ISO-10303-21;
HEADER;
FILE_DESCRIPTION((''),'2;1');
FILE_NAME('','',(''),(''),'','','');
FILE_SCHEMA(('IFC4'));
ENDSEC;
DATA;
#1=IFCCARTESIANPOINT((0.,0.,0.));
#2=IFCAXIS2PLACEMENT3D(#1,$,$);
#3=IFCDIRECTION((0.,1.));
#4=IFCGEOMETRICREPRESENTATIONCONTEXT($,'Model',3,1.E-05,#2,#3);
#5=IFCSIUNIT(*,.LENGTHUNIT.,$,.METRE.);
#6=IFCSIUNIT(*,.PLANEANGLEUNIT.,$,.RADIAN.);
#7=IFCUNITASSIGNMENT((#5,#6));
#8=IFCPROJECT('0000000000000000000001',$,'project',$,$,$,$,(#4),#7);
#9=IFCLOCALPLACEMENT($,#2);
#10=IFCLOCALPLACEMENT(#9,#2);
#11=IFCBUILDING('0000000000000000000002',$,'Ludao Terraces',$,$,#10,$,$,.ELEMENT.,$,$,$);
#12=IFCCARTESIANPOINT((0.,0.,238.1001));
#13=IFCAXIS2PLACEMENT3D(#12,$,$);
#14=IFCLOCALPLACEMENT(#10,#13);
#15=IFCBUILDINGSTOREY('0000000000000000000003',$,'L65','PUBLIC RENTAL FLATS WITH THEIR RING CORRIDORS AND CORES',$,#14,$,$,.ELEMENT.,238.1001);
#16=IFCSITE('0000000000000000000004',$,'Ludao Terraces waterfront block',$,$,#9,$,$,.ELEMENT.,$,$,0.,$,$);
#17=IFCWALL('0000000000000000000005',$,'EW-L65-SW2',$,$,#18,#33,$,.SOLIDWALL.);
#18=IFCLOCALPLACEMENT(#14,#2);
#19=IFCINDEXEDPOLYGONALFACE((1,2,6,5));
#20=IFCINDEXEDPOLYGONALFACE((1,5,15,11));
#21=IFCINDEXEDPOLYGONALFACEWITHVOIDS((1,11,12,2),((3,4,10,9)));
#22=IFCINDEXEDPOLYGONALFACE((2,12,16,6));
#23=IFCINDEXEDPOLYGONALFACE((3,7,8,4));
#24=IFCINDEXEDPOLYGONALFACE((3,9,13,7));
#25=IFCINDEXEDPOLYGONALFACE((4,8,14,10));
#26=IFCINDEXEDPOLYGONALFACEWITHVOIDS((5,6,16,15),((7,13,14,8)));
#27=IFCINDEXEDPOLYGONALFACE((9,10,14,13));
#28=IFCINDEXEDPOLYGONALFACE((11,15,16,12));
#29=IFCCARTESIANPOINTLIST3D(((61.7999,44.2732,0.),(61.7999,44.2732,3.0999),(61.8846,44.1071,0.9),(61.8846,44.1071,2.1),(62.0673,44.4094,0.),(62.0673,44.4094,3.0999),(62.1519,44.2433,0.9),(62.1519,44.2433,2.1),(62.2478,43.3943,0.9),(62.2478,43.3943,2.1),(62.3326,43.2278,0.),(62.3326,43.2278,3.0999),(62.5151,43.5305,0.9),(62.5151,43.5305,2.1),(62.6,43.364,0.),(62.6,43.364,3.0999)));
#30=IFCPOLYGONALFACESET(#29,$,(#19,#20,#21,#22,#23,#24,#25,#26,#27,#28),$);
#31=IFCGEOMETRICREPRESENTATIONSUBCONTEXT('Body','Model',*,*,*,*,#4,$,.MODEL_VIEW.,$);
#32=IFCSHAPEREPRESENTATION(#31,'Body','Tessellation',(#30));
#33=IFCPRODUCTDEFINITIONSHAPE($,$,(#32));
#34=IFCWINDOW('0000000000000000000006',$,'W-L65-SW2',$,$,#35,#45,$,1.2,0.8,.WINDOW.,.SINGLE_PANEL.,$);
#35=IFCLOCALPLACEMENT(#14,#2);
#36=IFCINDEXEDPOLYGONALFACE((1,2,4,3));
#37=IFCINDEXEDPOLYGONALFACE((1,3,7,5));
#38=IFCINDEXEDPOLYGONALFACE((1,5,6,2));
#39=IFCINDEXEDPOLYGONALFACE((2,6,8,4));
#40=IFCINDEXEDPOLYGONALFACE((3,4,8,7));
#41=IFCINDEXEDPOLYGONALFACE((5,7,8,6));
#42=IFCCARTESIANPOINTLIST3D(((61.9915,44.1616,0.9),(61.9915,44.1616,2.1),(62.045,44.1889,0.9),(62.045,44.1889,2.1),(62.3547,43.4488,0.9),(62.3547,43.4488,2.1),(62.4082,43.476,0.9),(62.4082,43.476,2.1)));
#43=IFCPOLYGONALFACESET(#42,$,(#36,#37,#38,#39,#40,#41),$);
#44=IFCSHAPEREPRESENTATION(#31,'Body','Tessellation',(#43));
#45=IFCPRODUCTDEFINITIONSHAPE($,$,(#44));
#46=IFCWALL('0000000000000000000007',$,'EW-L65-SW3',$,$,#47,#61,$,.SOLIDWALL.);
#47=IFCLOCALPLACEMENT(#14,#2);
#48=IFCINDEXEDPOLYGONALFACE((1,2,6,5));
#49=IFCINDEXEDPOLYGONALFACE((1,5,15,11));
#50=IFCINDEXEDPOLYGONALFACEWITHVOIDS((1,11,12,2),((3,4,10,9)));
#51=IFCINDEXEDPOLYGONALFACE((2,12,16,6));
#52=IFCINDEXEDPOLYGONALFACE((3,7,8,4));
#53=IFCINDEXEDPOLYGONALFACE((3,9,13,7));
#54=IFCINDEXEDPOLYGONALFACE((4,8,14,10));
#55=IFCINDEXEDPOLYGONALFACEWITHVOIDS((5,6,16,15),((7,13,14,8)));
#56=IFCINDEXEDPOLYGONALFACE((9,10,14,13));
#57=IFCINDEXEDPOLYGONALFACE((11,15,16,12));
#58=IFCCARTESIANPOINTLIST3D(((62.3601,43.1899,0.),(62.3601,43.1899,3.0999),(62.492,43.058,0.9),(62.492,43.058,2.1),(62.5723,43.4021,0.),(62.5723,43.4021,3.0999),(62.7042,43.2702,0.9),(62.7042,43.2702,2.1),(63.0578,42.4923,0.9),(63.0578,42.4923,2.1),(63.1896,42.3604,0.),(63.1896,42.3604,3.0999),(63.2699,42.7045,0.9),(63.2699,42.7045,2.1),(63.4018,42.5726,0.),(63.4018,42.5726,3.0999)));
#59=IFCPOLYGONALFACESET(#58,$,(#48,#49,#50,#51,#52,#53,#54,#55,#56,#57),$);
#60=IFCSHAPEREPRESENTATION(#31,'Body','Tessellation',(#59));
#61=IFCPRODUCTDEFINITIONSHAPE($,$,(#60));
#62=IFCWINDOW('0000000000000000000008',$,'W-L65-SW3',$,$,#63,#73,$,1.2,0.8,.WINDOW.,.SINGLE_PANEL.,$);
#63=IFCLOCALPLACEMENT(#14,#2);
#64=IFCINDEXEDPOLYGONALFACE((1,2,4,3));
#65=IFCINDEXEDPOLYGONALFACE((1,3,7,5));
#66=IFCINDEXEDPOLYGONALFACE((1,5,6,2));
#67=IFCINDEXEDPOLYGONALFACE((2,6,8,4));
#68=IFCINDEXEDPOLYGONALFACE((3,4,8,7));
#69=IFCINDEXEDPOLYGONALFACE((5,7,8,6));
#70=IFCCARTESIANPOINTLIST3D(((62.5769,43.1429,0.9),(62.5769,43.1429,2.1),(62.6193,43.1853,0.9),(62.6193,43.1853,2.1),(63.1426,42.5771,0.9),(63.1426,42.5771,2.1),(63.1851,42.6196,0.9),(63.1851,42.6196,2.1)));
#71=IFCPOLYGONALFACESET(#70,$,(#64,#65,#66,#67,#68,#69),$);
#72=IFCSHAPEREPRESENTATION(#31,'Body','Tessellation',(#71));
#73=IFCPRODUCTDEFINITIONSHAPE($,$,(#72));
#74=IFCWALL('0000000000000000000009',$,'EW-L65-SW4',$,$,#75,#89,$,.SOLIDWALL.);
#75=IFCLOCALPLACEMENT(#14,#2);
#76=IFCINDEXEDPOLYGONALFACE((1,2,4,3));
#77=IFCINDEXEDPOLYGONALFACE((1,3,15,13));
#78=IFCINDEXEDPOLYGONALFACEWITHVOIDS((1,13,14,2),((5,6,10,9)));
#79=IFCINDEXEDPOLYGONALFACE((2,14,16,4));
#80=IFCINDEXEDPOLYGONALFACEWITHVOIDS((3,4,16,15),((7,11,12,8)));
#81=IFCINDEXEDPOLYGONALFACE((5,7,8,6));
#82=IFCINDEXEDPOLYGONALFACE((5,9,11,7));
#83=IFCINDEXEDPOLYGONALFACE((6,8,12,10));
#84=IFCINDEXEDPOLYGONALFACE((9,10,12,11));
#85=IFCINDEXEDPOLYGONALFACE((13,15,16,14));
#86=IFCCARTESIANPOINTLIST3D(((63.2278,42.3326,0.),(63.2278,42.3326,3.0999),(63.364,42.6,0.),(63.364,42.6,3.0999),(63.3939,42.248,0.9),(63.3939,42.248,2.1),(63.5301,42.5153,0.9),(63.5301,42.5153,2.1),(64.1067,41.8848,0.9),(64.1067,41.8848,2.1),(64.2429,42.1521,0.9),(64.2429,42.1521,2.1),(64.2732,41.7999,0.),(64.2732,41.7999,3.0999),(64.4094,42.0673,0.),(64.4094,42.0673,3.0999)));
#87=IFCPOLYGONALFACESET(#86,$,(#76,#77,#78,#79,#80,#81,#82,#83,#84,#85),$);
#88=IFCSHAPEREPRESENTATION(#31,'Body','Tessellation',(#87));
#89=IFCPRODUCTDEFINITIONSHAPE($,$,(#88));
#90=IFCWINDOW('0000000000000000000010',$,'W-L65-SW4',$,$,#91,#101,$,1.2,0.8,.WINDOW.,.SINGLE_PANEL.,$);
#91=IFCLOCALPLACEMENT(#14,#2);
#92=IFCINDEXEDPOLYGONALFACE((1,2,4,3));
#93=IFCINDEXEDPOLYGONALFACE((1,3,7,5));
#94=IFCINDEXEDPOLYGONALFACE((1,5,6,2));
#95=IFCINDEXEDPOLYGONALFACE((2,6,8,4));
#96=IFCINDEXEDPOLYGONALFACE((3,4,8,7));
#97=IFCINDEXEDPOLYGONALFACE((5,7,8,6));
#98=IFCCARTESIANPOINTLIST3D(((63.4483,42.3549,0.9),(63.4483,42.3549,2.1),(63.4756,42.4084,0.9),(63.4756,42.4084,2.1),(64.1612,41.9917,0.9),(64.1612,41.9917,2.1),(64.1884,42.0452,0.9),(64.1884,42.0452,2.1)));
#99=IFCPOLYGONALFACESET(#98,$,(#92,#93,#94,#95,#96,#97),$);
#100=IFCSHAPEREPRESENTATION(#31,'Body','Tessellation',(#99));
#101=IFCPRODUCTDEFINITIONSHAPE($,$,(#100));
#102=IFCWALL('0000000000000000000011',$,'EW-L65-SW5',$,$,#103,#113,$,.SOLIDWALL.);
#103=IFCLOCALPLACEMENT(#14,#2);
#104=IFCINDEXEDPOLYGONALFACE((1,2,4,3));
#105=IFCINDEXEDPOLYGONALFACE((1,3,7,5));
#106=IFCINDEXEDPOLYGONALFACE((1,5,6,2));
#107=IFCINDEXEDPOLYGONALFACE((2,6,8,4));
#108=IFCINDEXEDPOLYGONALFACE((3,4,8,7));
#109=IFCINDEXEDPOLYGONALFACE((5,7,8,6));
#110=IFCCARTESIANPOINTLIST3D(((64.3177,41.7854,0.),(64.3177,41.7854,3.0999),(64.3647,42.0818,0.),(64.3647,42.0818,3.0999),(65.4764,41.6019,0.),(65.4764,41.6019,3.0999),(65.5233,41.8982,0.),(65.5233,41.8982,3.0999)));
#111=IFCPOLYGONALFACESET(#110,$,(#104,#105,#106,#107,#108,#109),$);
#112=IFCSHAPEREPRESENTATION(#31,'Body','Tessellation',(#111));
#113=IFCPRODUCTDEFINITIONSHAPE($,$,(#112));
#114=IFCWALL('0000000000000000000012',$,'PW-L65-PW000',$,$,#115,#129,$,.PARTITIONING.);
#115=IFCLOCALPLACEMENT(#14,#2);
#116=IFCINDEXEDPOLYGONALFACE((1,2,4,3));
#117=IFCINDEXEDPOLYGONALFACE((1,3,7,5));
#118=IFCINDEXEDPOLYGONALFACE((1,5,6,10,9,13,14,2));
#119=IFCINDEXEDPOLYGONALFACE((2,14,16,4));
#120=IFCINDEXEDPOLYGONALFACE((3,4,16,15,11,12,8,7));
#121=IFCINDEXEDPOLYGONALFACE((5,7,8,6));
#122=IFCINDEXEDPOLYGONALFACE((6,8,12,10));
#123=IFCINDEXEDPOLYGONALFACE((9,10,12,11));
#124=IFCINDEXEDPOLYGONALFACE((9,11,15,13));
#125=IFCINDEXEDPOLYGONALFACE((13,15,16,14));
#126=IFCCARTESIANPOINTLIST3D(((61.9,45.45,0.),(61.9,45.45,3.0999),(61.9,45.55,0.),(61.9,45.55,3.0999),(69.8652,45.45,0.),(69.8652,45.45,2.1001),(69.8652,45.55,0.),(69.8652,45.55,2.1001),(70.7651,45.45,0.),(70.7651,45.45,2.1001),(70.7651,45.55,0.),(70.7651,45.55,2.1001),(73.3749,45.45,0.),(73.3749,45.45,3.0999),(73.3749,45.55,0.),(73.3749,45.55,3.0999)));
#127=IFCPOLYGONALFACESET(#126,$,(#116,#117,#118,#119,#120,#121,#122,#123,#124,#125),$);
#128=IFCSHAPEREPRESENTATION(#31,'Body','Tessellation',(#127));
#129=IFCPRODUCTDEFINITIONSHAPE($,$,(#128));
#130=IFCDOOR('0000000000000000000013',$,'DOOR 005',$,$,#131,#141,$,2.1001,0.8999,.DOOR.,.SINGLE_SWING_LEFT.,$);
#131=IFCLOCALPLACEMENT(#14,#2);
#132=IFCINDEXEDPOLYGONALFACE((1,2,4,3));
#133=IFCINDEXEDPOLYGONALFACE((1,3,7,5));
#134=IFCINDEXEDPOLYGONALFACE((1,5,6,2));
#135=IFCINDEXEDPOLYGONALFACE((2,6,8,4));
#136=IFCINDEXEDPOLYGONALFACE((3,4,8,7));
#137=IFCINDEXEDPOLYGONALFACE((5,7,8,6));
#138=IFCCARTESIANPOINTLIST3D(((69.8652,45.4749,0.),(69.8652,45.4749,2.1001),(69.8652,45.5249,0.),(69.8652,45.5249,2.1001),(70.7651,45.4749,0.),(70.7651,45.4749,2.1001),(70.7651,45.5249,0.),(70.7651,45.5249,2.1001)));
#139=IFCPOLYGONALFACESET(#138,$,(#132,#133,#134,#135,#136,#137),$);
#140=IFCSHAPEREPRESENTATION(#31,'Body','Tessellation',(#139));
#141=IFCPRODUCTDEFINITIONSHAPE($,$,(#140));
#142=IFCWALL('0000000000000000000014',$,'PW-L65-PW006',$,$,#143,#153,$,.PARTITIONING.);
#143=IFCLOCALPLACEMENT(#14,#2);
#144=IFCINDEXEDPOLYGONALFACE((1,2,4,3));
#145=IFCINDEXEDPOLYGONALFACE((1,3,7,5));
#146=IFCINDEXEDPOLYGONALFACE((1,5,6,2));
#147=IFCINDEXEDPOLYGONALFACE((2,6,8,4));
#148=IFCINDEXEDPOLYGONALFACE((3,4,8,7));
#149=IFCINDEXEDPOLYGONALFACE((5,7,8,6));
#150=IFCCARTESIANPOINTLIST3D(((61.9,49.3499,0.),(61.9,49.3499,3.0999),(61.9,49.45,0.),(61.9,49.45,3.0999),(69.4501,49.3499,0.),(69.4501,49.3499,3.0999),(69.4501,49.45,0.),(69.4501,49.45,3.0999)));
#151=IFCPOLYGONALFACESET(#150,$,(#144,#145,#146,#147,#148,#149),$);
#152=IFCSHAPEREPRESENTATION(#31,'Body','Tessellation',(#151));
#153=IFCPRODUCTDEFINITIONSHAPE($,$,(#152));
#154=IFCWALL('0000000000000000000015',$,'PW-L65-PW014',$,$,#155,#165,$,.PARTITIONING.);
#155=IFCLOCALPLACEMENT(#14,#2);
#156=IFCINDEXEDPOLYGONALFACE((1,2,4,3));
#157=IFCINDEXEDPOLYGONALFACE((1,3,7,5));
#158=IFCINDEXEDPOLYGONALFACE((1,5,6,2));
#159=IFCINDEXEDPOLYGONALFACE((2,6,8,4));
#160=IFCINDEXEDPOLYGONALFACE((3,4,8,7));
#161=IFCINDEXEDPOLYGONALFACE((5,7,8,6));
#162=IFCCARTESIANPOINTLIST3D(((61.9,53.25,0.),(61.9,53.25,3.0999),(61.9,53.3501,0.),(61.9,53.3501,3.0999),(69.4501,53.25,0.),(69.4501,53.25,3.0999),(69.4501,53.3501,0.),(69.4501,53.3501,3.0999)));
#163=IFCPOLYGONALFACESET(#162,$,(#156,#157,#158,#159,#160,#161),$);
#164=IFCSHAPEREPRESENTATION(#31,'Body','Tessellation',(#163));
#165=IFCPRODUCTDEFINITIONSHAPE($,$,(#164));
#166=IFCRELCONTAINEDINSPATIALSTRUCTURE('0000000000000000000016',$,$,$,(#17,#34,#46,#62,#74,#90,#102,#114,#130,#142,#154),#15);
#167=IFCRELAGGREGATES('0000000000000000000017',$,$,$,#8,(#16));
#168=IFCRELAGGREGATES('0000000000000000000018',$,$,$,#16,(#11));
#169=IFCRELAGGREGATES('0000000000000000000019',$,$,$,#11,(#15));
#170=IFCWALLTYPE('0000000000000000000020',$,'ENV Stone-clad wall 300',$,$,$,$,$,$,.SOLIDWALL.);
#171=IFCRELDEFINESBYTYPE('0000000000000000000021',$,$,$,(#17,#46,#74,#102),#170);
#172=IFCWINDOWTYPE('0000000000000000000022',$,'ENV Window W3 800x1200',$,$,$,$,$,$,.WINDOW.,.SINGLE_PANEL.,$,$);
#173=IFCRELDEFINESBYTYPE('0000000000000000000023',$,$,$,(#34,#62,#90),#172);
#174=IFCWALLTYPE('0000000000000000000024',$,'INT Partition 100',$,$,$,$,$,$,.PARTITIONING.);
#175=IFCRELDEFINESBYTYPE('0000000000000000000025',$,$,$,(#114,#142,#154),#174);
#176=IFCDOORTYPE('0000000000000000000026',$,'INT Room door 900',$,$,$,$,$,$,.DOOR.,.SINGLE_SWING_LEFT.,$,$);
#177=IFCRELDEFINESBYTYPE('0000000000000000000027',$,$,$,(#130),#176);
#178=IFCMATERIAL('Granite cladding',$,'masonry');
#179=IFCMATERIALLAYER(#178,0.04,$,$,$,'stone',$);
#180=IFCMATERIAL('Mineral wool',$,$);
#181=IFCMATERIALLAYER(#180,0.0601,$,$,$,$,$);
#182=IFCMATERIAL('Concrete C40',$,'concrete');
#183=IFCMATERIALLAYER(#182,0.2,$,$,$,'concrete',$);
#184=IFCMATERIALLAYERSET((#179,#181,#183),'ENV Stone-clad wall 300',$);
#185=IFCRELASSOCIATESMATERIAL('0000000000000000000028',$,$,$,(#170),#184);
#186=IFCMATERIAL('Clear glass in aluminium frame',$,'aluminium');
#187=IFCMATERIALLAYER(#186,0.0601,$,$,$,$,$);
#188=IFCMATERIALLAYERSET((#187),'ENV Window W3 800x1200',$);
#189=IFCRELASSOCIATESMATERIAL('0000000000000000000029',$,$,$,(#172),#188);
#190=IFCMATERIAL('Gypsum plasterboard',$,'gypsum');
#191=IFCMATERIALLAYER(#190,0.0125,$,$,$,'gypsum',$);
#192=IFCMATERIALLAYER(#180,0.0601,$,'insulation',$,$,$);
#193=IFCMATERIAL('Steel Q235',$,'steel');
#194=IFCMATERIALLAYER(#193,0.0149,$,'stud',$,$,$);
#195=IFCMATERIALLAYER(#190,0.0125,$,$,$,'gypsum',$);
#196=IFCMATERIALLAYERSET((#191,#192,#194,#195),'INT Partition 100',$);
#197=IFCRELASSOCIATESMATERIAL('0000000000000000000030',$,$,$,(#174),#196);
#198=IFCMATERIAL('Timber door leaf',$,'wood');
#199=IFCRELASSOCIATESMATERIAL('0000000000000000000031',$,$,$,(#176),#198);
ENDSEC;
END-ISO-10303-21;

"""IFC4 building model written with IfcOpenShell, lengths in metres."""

from ifc_helpers import new_model, si_unit, direction, frame, frame_2d, origin, place, context, subcontext, project, spatial, rectangle, extrude, material, layer, layer_set, type_object, element, fill, save


model = new_model("IFC4")

# Units and contexts
model_context = context("Model", 3, precision=1e-05, world=origin(), true_north=direction((0.0, 1.0)))
body_context = subcontext(model_context, "Body", "Model", "MODEL_VIEW")
ifc_project = project(units=[si_unit("LENGTHUNIT", "METRE"), si_unit("PLANEANGLEUNIT", "RADIAN")], contexts=[model_context])

# Site, building, storey
site_placement = place(None, origin())
site = spatial("IfcSite", under=ifc_project, at=site_placement, Name="Ludao Terraces waterfront block", CompositionType="ELEMENT", RefElevation=0.0)
building_placement = place(site_placement, origin())
building = spatial("IfcBuilding", under=site, at=building_placement, Name="Ludao Terraces", CompositionType="ELEMENT")
storey_placement = place(building_placement, frame((0.0, 0.0, 238.1001)))
storey = spatial("IfcBuildingStorey", under=building, at=storey_placement, Name="L65", Description="PUBLIC RENTAL FLATS WITH THEIR RING CORRIDORS AND CORES", CompositionType="ELEMENT", Elevation=238.1001)

# Shared definitions
ifc_material_1 = material(Name="Concrete C40", Category="concrete")

# Shared definitions
ifc_material_2 = material(Name="Granite cladding", Category="masonry")
ifc_layer_1 = layer(ifc_material_2, 0.04, Category="stone")
ifc_material_3 = material(Name="Mineral wool")
ifc_layer_2 = layer(ifc_material_3, 0.0601)
ifc_layer_3 = layer(ifc_material_1, 0.2, Category="concrete")
ifc_layer_set_1 = layer_set([ifc_layer_1, ifc_layer_2, ifc_layer_3], Name="ENV Stone-clad wall 300")
wall_type_1 = type_object("IfcWallType", Name="ENV Stone-clad wall 300", PredefinedType="SOLIDWALL", material=ifc_layer_set_1)
ifc_material_4 = material(Name="Clear glass in aluminium frame", Category="aluminium")

# Walls, openings, windows
wall_1_placement = place(storey_placement, frame((61.9336, 44.3413, 0.0), z_axis=(0.0, 0.0, 1.0), x_axis=(0.454026, -0.890989, 0.0)))
wall_1 = element("IfcWall", 1, at=wall_1_placement, inside=storey, type_object=wall_type_1, Name="EW-L65-SW2", PredefinedType="SOLIDWALL", context=body_context, shape_type="SweptSolid", body=[
    extrude(rectangle(XDim=1.1733, YDim=0.3, at=frame_2d((0.5867, 0.0))), origin(), (0.0, 0.0, 1.0), 3.0999),
])
opening_1_placement = place(wall_1_placement, frame((0.1865, 0.0, 0.8999)))
opening_1 = element("IfcOpeningElement", 2, at=opening_1_placement, cuts=wall_1, PredefinedType="OPENING", context=body_context, shape_type="SweptSolid", body=[
    extrude(rectangle(XDim=0.8, YDim=1.2, at=frame_2d((0.3999, 0.6001))), frame((0.0, 0.1602, 0.0), z_axis=(0.0, -1.0, 0.0), x_axis=(1.0, 0.0, 0.0)), (0.0, 0.0, 1.0), 0.3201),
])
ifc_layer_4 = layer(ifc_material_4, 0.0601)
ifc_layer_set_2 = layer_set([ifc_layer_4], Name="ENV Window W3 800x1200")
window_type_1 = type_object("IfcWindowType", Name="ENV Window W3 800x1200", PartitioningType="SINGLE_PANEL", PredefinedType="WINDOW", material=ifc_layer_set_2)
window_1_placement = place(opening_1_placement, origin())
window_1 = element("IfcWindow", 3, at=window_1_placement, inside=storey, type_object=window_type_1, Name="W-L65-SW2", OverallHeight=1.2, OverallWidth=0.8, PartitioningType="SINGLE_PANEL", PredefinedType="WINDOW", context=body_context, shape_type="SweptSolid", body=[
    extrude(rectangle(XDim=0.8, YDim=1.2, at=frame_2d((0.3999, 0.6001))), frame((0.0, 0.03, 0.0), z_axis=(0.0, -1.0, 0.0), x_axis=(1.0, 0.0, 0.0)), (0.0, 0.0, 1.0), 0.0601),
])
fill(opening_1, window_1)
wall_2_placement = place(storey_placement, frame((62.4663, 43.2959, 0.0), z_axis=(0.0, 0.0, 1.0), x_axis=(0.707107, -0.707107, 0.0)))
wall_2 = element("IfcWall", 4, at=wall_2_placement, inside=storey, type_object=wall_type_1, Name="EW-L65-SW3", PredefinedType="SOLIDWALL", context=body_context, shape_type="SweptSolid", body=[
    extrude(rectangle(XDim=1.1731, YDim=0.3, at=frame_2d((0.5864, 0.0))), origin(), (0.0, 0.0, 1.0), 3.0999),
])
opening_2_placement = place(wall_2_placement, frame((0.1865, 0.0, 0.8999)))
opening_2 = element("IfcOpeningElement", 5, at=opening_2_placement, cuts=wall_2, PredefinedType="OPENING", context=body_context, shape_type="SweptSolid", body=[
    extrude(rectangle(XDim=0.8, YDim=1.2, at=frame_2d((0.3999, 0.6001))), frame((0.0, 0.1602, 0.0), z_axis=(0.0, -1.0, 0.0), x_axis=(1.0, 0.0, 0.0)), (0.0, 0.0, 1.0), 0.3201),
])
window_2_placement = place(opening_2_placement, origin())
window_2 = element("IfcWindow", 6, at=window_2_placement, inside=storey, type_object=window_type_1, Name="W-L65-SW3", OverallHeight=1.2, OverallWidth=0.8, PartitioningType="SINGLE_PANEL", PredefinedType="WINDOW", context=body_context, shape_type="SweptSolid", body=[
    extrude(rectangle(XDim=0.8, YDim=1.2, at=frame_2d((0.3999, 0.6001))), frame((0.0, 0.03, 0.0), z_axis=(0.0, -1.0, 0.0), x_axis=(1.0, 0.0, 0.0)), (0.0, 0.0, 1.0), 0.0601),
])
fill(opening_2, window_2)
wall_3_placement = place(storey_placement, frame((63.2959, 42.4663, 0.0), z_axis=(0.0, 0.0, 1.0), x_axis=(0.890989, -0.454026, 0.0)))
wall_3 = element("IfcWall", 7, at=wall_3_placement, inside=storey, type_object=wall_type_1, Name="EW-L65-SW4", PredefinedType="SOLIDWALL", context=body_context, shape_type="SweptSolid", body=[
    extrude(rectangle(XDim=1.1733, YDim=0.3, at=frame_2d((0.5867, 0.0))), origin(), (0.0, 0.0, 1.0), 3.0999),
])
opening_3_placement = place(wall_3_placement, frame((0.1865, 0.0, 0.8999)))
opening_3 = element("IfcOpeningElement", 8, at=opening_3_placement, cuts=wall_3, PredefinedType="OPENING", context=body_context, shape_type="SweptSolid", body=[
    extrude(rectangle(XDim=0.8, YDim=1.2, at=frame_2d((0.3999, 0.6001))), frame((0.0, 0.1602, 0.0), z_axis=(0.0, -1.0, 0.0), x_axis=(1.0, 0.0, 0.0)), (0.0, 0.0, 1.0), 0.3201),
])
window_3_placement = place(opening_3_placement, origin())
window_3 = element("IfcWindow", 9, at=window_3_placement, inside=storey, type_object=window_type_1, Name="W-L65-SW4", OverallHeight=1.2, OverallWidth=0.8, PartitioningType="SINGLE_PANEL", PredefinedType="WINDOW", context=body_context, shape_type="SweptSolid", body=[
    extrude(rectangle(XDim=0.8, YDim=1.2, at=frame_2d((0.3999, 0.6001))), frame((0.0, 0.03, 0.0), z_axis=(0.0, -1.0, 0.0), x_axis=(1.0, 0.0, 0.0)), (0.0, 0.0, 1.0), 0.0601),
])
fill(opening_3, window_3)

# Wall
wall_4_placement = place(storey_placement, frame((64.3413, 41.9336, 0.0), z_axis=(0.0, 0.0, 1.0), x_axis=(0.987678, -0.156497, 0.0)))
element("IfcWall", 10, at=wall_4_placement, inside=storey, type_object=wall_type_1, Name="EW-L65-SW5", PredefinedType="SOLIDWALL", context=body_context, shape_type="SweptSolid", body=[
    extrude(rectangle(XDim=1.1731, YDim=0.3, at=frame_2d((0.5864, 0.0))), origin(), (0.0, 0.0, 1.0), 3.0999),
])

# Wall, opening, door
ifc_material_5 = material(Name="Gypsum plasterboard", Category="gypsum")
ifc_layer_5 = layer(ifc_material_5, 0.0125, Category="gypsum")
ifc_layer_6 = layer(ifc_material_3, 0.0601, Name="insulation")
ifc_material_6 = material(Name="Steel Q235", Category="steel")
ifc_layer_7 = layer(ifc_material_6, 0.0149, Name="stud")
ifc_layer_8 = layer(ifc_material_5, 0.0125, Category="gypsum")
ifc_layer_set_3 = layer_set([ifc_layer_5, ifc_layer_6, ifc_layer_7, ifc_layer_8], Name="INT Partition 100")
wall_type_2 = type_object("IfcWallType", Name="INT Partition 100", PredefinedType="PARTITIONING", material=ifc_layer_set_3)
wall_5_placement = place(storey_placement, frame((61.9001, 45.5, 0.0), z_axis=(0.0, 0.0, 1.0), x_axis=(1.0, 0.0, 0.0)))
wall_5 = element("IfcWall", 11, at=wall_5_placement, inside=storey, type_object=wall_type_2, Name="PW-L65-PW000", PredefinedType="PARTITIONING", context=body_context, shape_type="SweptSolid", body=[
    extrude(rectangle(XDim=11.4749, YDim=0.1001, at=frame_2d((5.7373, 0.0))), origin(), (0.0, 0.0, 1.0), 3.0999),
])
opening_4_placement = place(wall_5_placement, frame((7.9651, 0.0, 0.0)))
opening_4 = element("IfcOpeningElement", 12, at=opening_4_placement, cuts=wall_5, PredefinedType="OPENING", context=body_context, shape_type="SweptSolid", body=[
    extrude(rectangle(XDim=0.8999, YDim=2.1001, at=frame_2d((0.45, 1.05))), frame((0.0, 0.0601, 0.0), z_axis=(0.0, -1.0, 0.0), x_axis=(1.0, 0.0, 0.0)), (0.0, 0.0, 1.0), 0.1201),
])
ifc_material_7 = material(Name="Timber door leaf", Category="wood")
door_type_1 = type_object("IfcDoorType", Name="INT Room door 900", OperationType="SINGLE_SWING_LEFT", PredefinedType="DOOR", material=ifc_material_7)
door_1_placement = place(opening_4_placement, origin())
door_1 = element("IfcDoor", 13, at=door_1_placement, inside=storey, type_object=door_type_1, Name="DOOR 005", OperationType="SINGLE_SWING_LEFT", OverallHeight=2.1001, OverallWidth=0.8999, PredefinedType="DOOR", context=body_context, shape_type="SweptSolid", body=[
    extrude(rectangle(XDim=0.8999, YDim=2.1001, at=frame_2d((0.45, 1.05))), frame((0.0, 0.0249, 0.0), z_axis=(0.0, -1.0, 0.0), x_axis=(1.0, 0.0, 0.0)), (0.0, 0.0, 1.0), 0.05),
])
fill(opening_4, door_1)

# Walls
for number, where, z_axis, x_axis, name in (
    (14, (61.9001, 49.3999, 0.0), (0.0, 0.0, 1.0), (1.0, 0.0, 0.0), "PW-L65-PW006"),
    (15, (61.9001, 53.3, 0.0), (0.0, 0.0, 1.0), (1.0, 0.0, 0.0), "PW-L65-PW014"),
):
    element("IfcWall", number, at=place(storey_placement, frame(where, z_axis=z_axis, x_axis=x_axis)), inside=storey, type_object=wall_type_2, Name=name, PredefinedType="PARTITIONING", context=body_context, shape_type="SweptSolid", body=[
        extrude(rectangle(XDim=7.55, YDim=0.1001, at=frame_2d((3.7749, 0.0))), origin(), (0.0, 0.0, 1.0), 3.0999),
    ])

save(model, "model.ifc")
